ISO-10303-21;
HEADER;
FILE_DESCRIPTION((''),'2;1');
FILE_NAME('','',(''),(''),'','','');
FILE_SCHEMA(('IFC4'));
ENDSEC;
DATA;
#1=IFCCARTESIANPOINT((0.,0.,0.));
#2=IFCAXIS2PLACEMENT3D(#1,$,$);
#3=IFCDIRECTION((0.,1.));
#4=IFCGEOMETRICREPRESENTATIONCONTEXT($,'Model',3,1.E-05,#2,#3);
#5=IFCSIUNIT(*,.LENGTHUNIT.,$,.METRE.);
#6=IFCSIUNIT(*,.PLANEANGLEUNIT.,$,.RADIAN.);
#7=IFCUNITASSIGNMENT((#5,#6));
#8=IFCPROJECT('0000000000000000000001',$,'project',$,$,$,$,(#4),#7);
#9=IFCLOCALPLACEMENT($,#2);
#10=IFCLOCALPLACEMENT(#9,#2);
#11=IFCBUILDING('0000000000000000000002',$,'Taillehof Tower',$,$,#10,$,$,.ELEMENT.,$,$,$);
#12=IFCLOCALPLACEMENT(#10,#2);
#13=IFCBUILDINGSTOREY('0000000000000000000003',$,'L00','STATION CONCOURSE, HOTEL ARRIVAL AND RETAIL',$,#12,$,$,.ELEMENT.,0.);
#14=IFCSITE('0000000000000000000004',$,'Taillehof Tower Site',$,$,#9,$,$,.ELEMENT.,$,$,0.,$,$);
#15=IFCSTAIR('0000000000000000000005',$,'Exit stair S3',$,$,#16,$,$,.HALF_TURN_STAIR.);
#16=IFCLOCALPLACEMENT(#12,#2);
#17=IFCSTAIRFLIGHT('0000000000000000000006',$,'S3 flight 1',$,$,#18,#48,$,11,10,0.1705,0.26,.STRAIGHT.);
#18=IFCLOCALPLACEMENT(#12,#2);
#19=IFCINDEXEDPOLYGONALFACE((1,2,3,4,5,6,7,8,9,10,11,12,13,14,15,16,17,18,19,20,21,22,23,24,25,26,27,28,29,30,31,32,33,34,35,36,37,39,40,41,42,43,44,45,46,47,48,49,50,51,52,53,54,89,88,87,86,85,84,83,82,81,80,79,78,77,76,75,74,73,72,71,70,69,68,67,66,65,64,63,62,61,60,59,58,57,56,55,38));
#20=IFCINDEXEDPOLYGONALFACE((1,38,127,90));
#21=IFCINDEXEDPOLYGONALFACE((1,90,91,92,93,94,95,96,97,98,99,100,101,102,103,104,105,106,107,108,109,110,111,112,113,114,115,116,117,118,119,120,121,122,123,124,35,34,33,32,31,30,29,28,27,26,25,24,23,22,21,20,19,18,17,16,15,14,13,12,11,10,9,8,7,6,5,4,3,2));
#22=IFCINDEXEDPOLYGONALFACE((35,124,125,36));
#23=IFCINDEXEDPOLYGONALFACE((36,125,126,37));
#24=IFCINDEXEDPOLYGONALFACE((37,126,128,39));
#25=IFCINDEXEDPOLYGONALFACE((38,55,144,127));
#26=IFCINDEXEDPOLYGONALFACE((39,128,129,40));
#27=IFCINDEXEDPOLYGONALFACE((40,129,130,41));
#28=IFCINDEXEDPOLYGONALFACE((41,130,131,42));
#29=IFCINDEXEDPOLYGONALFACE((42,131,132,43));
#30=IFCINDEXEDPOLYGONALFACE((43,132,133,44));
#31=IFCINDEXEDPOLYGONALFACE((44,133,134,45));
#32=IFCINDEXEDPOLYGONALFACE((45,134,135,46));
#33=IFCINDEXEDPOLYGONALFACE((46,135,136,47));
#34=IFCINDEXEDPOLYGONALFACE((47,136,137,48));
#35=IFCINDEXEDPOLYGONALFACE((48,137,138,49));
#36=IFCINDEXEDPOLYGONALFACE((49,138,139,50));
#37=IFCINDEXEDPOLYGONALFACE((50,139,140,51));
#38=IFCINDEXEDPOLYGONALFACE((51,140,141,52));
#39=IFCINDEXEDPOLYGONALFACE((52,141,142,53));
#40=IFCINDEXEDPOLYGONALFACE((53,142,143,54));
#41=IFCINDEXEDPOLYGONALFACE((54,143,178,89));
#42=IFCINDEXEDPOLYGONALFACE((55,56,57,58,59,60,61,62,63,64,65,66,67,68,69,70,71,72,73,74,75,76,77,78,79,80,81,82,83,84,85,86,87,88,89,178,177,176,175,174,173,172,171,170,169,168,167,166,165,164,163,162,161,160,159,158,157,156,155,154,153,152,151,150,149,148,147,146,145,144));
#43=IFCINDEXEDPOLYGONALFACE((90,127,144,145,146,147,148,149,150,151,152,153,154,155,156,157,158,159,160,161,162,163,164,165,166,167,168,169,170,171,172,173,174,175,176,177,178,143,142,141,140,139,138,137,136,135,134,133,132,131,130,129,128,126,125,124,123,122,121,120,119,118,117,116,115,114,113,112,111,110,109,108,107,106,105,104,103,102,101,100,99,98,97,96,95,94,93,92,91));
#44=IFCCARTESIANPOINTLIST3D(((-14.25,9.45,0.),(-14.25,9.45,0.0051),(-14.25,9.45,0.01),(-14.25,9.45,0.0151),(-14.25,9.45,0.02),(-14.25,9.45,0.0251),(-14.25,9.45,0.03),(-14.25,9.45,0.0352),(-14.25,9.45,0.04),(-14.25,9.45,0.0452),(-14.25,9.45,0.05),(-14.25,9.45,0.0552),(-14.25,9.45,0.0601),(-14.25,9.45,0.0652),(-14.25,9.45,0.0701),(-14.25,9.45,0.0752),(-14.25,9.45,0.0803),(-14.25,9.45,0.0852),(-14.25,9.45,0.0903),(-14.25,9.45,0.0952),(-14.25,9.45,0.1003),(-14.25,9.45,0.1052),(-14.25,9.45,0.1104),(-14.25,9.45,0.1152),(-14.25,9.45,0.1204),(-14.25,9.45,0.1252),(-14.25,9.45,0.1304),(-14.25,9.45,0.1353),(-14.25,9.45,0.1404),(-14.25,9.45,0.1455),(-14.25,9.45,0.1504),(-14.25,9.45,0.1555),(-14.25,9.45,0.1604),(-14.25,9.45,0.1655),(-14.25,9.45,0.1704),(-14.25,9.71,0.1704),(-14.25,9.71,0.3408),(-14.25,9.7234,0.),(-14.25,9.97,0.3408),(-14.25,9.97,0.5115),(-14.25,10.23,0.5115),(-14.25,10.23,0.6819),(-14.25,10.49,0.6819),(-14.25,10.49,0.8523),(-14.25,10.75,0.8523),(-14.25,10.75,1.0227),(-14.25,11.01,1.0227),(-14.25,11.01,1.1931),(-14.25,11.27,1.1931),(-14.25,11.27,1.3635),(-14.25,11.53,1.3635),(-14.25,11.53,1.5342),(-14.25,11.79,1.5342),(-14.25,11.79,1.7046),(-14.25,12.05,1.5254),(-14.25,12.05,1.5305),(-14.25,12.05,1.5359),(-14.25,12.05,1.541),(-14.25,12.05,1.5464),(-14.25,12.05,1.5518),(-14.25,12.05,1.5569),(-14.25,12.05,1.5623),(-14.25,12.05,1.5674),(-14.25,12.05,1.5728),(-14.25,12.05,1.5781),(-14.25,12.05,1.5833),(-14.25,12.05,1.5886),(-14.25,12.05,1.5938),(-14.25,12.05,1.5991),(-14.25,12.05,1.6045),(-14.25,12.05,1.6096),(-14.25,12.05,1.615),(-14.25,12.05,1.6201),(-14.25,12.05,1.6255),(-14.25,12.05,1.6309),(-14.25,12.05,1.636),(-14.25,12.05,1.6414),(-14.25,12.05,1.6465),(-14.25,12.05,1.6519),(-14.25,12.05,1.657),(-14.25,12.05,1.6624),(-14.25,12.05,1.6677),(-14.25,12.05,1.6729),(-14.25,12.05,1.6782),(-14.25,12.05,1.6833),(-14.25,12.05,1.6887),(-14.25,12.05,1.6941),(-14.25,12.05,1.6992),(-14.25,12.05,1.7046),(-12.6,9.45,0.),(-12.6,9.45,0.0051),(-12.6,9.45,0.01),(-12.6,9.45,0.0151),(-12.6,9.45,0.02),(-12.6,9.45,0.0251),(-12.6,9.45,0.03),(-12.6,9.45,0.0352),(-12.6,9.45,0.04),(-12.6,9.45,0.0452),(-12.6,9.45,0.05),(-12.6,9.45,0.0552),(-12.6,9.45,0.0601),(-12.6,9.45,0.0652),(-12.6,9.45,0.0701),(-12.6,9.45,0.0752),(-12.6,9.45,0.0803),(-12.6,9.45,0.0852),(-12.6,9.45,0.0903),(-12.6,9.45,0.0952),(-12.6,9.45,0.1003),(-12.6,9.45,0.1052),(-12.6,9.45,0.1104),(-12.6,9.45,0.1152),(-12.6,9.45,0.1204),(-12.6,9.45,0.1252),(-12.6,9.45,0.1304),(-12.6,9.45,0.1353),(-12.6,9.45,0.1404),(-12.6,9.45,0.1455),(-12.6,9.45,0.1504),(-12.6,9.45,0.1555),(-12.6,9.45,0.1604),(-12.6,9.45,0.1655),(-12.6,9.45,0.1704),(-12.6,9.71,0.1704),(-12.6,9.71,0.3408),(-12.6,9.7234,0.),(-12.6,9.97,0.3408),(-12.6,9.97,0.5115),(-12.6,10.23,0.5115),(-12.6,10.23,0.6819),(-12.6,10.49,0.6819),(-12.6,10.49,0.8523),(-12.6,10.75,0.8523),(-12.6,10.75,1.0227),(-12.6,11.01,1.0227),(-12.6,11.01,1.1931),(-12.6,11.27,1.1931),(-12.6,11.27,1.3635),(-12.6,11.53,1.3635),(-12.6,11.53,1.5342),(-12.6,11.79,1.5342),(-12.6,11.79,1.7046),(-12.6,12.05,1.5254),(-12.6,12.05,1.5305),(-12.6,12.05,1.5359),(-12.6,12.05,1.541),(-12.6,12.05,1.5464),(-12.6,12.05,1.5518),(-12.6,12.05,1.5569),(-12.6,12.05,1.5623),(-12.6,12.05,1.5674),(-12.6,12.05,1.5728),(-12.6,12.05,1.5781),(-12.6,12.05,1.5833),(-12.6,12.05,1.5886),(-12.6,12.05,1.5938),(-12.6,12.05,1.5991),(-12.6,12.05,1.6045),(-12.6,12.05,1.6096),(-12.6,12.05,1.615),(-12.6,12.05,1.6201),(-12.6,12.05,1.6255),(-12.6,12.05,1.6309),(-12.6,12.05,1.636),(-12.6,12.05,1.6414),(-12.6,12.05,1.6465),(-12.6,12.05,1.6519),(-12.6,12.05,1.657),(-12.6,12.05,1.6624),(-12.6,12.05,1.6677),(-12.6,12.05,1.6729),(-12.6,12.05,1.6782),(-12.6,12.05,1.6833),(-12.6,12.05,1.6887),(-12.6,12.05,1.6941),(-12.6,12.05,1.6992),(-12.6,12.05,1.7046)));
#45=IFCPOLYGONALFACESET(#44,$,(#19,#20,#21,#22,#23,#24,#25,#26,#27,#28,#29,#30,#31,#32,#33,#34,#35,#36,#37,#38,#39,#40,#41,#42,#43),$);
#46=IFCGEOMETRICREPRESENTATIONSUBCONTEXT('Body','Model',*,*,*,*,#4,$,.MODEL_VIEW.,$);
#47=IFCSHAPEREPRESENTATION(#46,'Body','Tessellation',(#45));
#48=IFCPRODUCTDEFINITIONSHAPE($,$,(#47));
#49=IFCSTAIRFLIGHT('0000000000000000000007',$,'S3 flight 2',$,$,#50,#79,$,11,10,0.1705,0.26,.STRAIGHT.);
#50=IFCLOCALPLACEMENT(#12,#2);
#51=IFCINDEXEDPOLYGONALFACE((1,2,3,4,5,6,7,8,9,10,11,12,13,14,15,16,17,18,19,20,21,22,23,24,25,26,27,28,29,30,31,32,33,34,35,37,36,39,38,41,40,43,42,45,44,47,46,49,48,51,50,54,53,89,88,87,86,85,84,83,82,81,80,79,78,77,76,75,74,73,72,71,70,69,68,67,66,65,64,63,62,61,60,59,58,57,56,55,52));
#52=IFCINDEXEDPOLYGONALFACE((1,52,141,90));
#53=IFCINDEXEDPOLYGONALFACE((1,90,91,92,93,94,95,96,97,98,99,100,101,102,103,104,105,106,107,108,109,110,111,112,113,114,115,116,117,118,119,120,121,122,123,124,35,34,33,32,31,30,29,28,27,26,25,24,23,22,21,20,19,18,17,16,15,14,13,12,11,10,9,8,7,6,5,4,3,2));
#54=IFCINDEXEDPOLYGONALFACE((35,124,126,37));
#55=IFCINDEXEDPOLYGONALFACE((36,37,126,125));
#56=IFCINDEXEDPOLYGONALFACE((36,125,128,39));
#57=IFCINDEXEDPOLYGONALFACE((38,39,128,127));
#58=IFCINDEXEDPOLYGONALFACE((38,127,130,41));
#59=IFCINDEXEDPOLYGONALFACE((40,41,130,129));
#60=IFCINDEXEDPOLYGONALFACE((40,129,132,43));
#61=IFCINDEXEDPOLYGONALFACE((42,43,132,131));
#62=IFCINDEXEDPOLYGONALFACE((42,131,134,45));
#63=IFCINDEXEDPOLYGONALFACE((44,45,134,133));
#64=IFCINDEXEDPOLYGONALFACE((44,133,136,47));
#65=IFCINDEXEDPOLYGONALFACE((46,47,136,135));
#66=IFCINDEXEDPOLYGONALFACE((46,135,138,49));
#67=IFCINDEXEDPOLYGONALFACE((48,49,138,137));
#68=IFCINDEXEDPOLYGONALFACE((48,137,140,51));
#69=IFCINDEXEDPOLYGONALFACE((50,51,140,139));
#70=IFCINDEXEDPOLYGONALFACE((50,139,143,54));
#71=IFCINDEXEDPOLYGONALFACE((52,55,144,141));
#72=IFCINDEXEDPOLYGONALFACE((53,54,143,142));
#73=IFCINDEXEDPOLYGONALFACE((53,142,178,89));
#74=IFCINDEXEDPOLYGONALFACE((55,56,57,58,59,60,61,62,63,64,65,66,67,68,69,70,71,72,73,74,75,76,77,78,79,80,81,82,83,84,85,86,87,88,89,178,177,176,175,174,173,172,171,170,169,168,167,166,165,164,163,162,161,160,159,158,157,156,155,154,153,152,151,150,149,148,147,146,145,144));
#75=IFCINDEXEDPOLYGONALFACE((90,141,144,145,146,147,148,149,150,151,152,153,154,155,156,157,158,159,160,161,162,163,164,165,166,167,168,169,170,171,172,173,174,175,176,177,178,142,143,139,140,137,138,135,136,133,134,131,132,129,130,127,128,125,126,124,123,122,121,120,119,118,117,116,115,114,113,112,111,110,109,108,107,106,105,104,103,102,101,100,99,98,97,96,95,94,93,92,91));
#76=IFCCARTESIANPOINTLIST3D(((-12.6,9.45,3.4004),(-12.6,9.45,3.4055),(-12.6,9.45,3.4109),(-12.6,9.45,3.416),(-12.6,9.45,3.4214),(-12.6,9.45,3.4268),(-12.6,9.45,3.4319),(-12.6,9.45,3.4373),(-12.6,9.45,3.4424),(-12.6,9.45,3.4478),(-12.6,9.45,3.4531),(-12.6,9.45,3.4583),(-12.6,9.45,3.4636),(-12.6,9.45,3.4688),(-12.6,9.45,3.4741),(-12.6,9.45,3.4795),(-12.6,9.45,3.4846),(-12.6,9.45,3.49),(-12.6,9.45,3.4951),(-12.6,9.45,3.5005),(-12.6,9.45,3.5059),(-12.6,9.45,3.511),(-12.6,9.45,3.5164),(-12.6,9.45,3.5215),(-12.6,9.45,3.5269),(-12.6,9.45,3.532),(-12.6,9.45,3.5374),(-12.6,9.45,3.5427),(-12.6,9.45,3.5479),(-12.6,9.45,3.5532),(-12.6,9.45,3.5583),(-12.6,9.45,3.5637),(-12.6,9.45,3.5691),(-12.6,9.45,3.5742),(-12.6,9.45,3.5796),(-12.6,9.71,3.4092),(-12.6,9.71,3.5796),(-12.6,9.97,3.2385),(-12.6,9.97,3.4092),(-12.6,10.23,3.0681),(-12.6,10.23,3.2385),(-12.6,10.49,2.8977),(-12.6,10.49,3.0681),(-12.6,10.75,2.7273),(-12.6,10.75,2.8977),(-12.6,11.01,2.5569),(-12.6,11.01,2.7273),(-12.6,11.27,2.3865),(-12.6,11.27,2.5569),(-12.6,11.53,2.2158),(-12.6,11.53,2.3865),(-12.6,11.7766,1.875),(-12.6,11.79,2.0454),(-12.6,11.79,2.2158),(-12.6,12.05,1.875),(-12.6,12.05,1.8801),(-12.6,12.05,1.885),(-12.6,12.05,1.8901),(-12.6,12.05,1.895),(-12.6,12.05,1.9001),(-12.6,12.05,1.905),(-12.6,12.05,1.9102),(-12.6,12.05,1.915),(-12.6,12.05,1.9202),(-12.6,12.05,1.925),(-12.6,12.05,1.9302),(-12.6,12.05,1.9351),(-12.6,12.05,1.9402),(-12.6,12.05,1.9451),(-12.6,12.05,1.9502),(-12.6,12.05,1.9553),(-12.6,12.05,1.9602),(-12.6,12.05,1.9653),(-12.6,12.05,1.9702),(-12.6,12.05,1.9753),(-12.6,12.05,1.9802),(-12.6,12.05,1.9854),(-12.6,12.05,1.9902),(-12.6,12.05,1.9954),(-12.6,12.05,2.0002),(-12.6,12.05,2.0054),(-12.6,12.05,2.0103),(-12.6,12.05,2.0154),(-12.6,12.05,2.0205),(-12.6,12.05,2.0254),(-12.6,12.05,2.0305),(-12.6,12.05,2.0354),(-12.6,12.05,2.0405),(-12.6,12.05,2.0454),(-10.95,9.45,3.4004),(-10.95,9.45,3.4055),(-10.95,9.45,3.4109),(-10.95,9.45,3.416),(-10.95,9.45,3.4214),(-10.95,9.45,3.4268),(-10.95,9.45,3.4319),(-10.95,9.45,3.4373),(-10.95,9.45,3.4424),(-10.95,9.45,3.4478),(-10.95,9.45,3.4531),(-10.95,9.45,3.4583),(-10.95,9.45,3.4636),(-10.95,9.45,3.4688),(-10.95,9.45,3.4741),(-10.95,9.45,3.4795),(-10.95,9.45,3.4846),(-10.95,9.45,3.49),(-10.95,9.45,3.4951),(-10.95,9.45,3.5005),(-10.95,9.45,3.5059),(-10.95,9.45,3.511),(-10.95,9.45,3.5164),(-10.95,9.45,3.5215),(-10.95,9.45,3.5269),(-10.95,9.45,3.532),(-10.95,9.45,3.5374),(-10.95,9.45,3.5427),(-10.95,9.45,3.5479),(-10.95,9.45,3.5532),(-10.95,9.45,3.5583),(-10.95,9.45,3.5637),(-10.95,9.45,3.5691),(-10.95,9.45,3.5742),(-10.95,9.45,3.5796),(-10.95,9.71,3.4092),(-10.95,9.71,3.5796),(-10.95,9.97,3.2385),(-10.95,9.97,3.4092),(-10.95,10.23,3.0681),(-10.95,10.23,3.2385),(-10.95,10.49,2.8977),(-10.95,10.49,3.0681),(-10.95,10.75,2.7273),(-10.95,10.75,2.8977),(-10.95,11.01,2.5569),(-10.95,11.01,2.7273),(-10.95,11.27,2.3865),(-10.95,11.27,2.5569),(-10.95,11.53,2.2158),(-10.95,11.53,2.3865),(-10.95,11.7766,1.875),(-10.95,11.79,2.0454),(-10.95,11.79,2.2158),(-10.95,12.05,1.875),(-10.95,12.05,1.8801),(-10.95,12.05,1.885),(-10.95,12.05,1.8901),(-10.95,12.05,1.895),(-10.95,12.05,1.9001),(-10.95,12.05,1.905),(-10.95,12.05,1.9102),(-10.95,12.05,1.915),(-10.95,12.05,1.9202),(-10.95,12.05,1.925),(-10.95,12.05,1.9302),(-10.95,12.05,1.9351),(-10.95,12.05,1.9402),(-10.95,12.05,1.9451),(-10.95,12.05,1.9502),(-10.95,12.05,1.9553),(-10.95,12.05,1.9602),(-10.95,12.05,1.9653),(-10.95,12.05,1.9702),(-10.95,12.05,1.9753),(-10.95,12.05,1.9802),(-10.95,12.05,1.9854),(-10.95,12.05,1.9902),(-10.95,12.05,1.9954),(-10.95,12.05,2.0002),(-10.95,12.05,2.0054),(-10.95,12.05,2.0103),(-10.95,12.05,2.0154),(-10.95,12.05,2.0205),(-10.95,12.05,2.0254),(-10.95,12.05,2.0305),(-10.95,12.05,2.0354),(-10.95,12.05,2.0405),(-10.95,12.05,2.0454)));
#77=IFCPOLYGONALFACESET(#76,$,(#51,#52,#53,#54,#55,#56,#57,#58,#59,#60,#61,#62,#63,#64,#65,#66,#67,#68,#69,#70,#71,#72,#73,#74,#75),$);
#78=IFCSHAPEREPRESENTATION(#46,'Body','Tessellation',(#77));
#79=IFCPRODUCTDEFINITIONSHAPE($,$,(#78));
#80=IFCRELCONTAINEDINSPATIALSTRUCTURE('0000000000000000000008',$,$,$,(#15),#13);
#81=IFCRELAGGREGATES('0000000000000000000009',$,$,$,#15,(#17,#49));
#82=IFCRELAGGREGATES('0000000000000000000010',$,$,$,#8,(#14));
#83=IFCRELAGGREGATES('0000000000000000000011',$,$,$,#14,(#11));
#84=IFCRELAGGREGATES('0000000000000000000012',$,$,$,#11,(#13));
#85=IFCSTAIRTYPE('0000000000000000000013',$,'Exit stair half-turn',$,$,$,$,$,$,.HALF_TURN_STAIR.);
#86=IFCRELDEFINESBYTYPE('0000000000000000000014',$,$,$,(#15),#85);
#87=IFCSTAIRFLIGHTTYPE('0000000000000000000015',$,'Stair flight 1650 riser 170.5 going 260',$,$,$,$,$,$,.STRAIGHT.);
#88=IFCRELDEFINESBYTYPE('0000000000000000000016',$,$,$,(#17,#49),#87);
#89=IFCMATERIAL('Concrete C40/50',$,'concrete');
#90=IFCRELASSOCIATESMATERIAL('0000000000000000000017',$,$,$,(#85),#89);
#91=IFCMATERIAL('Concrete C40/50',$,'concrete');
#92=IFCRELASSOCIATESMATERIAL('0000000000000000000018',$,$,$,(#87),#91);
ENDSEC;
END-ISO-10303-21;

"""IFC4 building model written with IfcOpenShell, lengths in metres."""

from ifc_helpers import new_model, si_unit, direction, frame, origin, place, context, subcontext, project, spatial, polyline, outline, extrude, material, type_object, element, aggregate, save


model = new_model("IFC4")

# Units and contexts
model_context = context("Model", 3, precision=1e-05, world=origin(), true_north=direction((0.0, 1.0)))
body_context = subcontext(model_context, "Body", "Model", "MODEL_VIEW")
ifc_project = project(units=[si_unit("LENGTHUNIT", "METRE"), si_unit("PLANEANGLEUNIT", "RADIAN")], contexts=[model_context])

# Site, building, storey
site_placement = place(None, origin())
site = spatial("IfcSite", under=ifc_project, at=site_placement, Name="Taillehof Tower Site", CompositionType="ELEMENT", RefElevation=0.0)
building_placement = place(site_placement, origin())
building = spatial("IfcBuilding", under=site, at=building_placement, Name="Taillehof Tower", CompositionType="ELEMENT")
storey_placement = place(building_placement, origin())
storey = spatial("IfcBuildingStorey", under=building, at=storey_placement, Name="L00", Description="STATION CONCOURSE, HOTEL ARRIVAL AND RETAIL", CompositionType="ELEMENT", Elevation=0.0)

# Stair, stair flights
ifc_material_1 = material(Name="Concrete C40/50", Category="concrete")
stair_type = type_object("IfcStairType", Name="Exit stair half-turn", PredefinedType="HALF_TURN_STAIR", material=ifc_material_1)
stair_placement = place(storey_placement, origin())
stair = element("IfcStair", 1, at=stair_placement, inside=storey, type_object=stair_type, Name="Exit stair S3", PredefinedType="HALF_TURN_STAIR")
ifc_material_2 = material(Name="Concrete C40/50", Category="concrete")
stair_flight_type = type_object("IfcStairFlightType", Name="Stair flight 1650 riser 170.5 going 260", PredefinedType="STRAIGHT", material=ifc_material_2)
stair_flight_1_placement = place(storey_placement, frame((-13.425, 9.45, 0.0), z_axis=(0.0, 0.0, 1.0), x_axis=(0.0, 1.0, 0.0)))
stair_flight_1 = element("IfcStairFlight", 2, at=stair_flight_1_placement, type_object=stair_flight_type, Name="S3 flight 1", NumberOfRisers=11, NumberOfTreads=10, PredefinedType="STRAIGHT", RiserHeight=0.1705, TreadLength=0.26, context=body_context, shape_type="SweptSolid", body=[
    extrude(outline(polyline([(0.0, 0.0), (0.0, 0.0051), (0.0, 0.01), (0.0, 0.0151), (0.0, 0.02), (0.0, 0.0251), (0.0, 0.03), (0.0, 0.0352), (0.0, 0.04), (0.0, 0.0452), (0.0, 0.05), (0.0, 0.0552), (0.0, 0.0601), (0.0, 0.0652), (0.0, 0.0701), (0.0, 0.0752), (0.0, 0.0803), (0.0, 0.0852), (0.0, 0.0903), (0.0, 0.0952), (0.0, 0.1003), (0.0, 0.1052), (0.0, 0.1104), (0.0, 0.1152), (0.0, 0.1204), (0.0, 0.1252), (0.0, 0.1304), (0.0, 0.1353), (0.0, 0.1404), (0.0, 0.1455), (0.0, 0.1504), (0.0, 0.1555), (0.0, 0.1604), (0.0, 0.1655), (0.0, 0.1704), (0.26, 0.1704), (0.26, 0.3408), (0.52, 0.3408), (0.52, 0.5115), (0.78, 0.5115), (0.78, 0.6819), (1.04, 0.6819), (1.04, 0.8523), (1.3, 0.8523), (1.3, 1.0227), (1.5601, 1.0227), (1.5601, 1.1931), (1.8201, 1.1931), (1.8201, 1.3635), (2.0801, 1.3635), (2.0801, 1.5342), (2.3401, 1.5342), (2.3401, 1.7046), (2.6001, 1.7046), (2.6001, 1.6992), (2.6001, 1.6941), (2.6001, 1.6887), (2.6001, 1.6833), (2.6001, 1.6782), (2.6001, 1.6729), (2.6001, 1.6677), (2.6001, 1.6624), (2.6001, 1.657), (2.6001, 1.6519), (2.6001, 1.6465), (2.6001, 1.6414), (2.6001, 1.636), (2.6001, 1.6309), (2.6001, 1.6255), (2.6001, 1.6201), (2.6001, 1.615), (2.6001, 1.6096), (2.6001, 1.6045), (2.6001, 1.5991), (2.6001, 1.5938), (2.6001, 1.5886), (2.6001, 1.5833), (2.6001, 1.5781), (2.6001, 1.5728), (2.6001, 1.5674), (2.6001, 1.5623), (2.6001, 1.5569), (2.6001, 1.5518), (2.6001, 1.5464), (2.6001, 1.541), (2.6001, 1.5359), (2.6001, 1.5305), (2.6001, 1.5254), (0.2734, 0.0), (0.0, 0.0)])), frame((0.0, 0.825, 0.0), z_axis=(0.0, -1.0, 0.0), x_axis=(1.0, 0.0, 0.0)), (0.0, 0.0, 1.0), 1.65),
])
stair_flight_2_placement = place(storey_placement, frame((-11.7749, 12.05, 1.875), z_axis=(0.0, 0.0, 1.0), x_axis=(0.0, -1.0, 0.0)))
stair_flight_2 = element("IfcStairFlight", 3, at=stair_flight_2_placement, type_object=stair_flight_type, Name="S3 flight 2", NumberOfRisers=11, NumberOfTreads=10, PredefinedType="STRAIGHT", RiserHeight=0.1705, TreadLength=0.26, context=body_context, shape_type="SweptSolid", body=[
    extrude(outline(polyline([(0.0, 0.0), (0.0, 0.0051), (0.0, 0.01), (0.0, 0.0151), (0.0, 0.02), (0.0, 0.0251), (0.0, 0.03), (0.0, 0.0352), (0.0, 0.04), (0.0, 0.0452), (0.0, 0.05), (0.0, 0.0552), (0.0, 0.0601), (0.0, 0.0652), (0.0, 0.0701), (0.0, 0.0752), (0.0, 0.0803), (0.0, 0.0852), (0.0, 0.0903), (0.0, 0.0952), (0.0, 0.1003), (0.0, 0.1052), (0.0, 0.1104), (0.0, 0.1152), (0.0, 0.1204), (0.0, 0.1252), (0.0, 0.1304), (0.0, 0.1353), (0.0, 0.1404), (0.0, 0.1455), (0.0, 0.1504), (0.0, 0.1555), (0.0, 0.1604), (0.0, 0.1655), (0.0, 0.1704), (0.26, 0.1704), (0.26, 0.3408), (0.52, 0.3408), (0.52, 0.5115), (0.78, 0.5115), (0.78, 0.6819), (1.04, 0.6819), (1.04, 0.8523), (1.3, 0.8523), (1.3, 1.0227), (1.5601, 1.0227), (1.5601, 1.1931), (1.8201, 1.1931), (1.8201, 1.3635), (2.0801, 1.3635), (2.0801, 1.5342), (2.3401, 1.5342), (2.3401, 1.7046), (2.6001, 1.7046), (2.6001, 1.6992), (2.6001, 1.6941), (2.6001, 1.6887), (2.6001, 1.6833), (2.6001, 1.6782), (2.6001, 1.6729), (2.6001, 1.6677), (2.6001, 1.6624), (2.6001, 1.657), (2.6001, 1.6519), (2.6001, 1.6465), (2.6001, 1.6414), (2.6001, 1.636), (2.6001, 1.6309), (2.6001, 1.6255), (2.6001, 1.6201), (2.6001, 1.615), (2.6001, 1.6096), (2.6001, 1.6045), (2.6001, 1.5991), (2.6001, 1.5938), (2.6001, 1.5886), (2.6001, 1.5833), (2.6001, 1.5781), (2.6001, 1.5728), (2.6001, 1.5674), (2.6001, 1.5623), (2.6001, 1.5569), (2.6001, 1.5518), (2.6001, 1.5464), (2.6001, 1.541), (2.6001, 1.5359), (2.6001, 1.5305), (2.6001, 1.5254), (0.2734, 0.0), (0.0, 0.0)])), frame((0.0, 0.825, 0.0), z_axis=(0.0, -1.0, 0.0), x_axis=(1.0, 0.0, 0.0)), (0.0, 0.0, 1.0), 1.65),
])
aggregate(stair, [stair_flight_1, stair_flight_2])

save(model, "model.ifc")
